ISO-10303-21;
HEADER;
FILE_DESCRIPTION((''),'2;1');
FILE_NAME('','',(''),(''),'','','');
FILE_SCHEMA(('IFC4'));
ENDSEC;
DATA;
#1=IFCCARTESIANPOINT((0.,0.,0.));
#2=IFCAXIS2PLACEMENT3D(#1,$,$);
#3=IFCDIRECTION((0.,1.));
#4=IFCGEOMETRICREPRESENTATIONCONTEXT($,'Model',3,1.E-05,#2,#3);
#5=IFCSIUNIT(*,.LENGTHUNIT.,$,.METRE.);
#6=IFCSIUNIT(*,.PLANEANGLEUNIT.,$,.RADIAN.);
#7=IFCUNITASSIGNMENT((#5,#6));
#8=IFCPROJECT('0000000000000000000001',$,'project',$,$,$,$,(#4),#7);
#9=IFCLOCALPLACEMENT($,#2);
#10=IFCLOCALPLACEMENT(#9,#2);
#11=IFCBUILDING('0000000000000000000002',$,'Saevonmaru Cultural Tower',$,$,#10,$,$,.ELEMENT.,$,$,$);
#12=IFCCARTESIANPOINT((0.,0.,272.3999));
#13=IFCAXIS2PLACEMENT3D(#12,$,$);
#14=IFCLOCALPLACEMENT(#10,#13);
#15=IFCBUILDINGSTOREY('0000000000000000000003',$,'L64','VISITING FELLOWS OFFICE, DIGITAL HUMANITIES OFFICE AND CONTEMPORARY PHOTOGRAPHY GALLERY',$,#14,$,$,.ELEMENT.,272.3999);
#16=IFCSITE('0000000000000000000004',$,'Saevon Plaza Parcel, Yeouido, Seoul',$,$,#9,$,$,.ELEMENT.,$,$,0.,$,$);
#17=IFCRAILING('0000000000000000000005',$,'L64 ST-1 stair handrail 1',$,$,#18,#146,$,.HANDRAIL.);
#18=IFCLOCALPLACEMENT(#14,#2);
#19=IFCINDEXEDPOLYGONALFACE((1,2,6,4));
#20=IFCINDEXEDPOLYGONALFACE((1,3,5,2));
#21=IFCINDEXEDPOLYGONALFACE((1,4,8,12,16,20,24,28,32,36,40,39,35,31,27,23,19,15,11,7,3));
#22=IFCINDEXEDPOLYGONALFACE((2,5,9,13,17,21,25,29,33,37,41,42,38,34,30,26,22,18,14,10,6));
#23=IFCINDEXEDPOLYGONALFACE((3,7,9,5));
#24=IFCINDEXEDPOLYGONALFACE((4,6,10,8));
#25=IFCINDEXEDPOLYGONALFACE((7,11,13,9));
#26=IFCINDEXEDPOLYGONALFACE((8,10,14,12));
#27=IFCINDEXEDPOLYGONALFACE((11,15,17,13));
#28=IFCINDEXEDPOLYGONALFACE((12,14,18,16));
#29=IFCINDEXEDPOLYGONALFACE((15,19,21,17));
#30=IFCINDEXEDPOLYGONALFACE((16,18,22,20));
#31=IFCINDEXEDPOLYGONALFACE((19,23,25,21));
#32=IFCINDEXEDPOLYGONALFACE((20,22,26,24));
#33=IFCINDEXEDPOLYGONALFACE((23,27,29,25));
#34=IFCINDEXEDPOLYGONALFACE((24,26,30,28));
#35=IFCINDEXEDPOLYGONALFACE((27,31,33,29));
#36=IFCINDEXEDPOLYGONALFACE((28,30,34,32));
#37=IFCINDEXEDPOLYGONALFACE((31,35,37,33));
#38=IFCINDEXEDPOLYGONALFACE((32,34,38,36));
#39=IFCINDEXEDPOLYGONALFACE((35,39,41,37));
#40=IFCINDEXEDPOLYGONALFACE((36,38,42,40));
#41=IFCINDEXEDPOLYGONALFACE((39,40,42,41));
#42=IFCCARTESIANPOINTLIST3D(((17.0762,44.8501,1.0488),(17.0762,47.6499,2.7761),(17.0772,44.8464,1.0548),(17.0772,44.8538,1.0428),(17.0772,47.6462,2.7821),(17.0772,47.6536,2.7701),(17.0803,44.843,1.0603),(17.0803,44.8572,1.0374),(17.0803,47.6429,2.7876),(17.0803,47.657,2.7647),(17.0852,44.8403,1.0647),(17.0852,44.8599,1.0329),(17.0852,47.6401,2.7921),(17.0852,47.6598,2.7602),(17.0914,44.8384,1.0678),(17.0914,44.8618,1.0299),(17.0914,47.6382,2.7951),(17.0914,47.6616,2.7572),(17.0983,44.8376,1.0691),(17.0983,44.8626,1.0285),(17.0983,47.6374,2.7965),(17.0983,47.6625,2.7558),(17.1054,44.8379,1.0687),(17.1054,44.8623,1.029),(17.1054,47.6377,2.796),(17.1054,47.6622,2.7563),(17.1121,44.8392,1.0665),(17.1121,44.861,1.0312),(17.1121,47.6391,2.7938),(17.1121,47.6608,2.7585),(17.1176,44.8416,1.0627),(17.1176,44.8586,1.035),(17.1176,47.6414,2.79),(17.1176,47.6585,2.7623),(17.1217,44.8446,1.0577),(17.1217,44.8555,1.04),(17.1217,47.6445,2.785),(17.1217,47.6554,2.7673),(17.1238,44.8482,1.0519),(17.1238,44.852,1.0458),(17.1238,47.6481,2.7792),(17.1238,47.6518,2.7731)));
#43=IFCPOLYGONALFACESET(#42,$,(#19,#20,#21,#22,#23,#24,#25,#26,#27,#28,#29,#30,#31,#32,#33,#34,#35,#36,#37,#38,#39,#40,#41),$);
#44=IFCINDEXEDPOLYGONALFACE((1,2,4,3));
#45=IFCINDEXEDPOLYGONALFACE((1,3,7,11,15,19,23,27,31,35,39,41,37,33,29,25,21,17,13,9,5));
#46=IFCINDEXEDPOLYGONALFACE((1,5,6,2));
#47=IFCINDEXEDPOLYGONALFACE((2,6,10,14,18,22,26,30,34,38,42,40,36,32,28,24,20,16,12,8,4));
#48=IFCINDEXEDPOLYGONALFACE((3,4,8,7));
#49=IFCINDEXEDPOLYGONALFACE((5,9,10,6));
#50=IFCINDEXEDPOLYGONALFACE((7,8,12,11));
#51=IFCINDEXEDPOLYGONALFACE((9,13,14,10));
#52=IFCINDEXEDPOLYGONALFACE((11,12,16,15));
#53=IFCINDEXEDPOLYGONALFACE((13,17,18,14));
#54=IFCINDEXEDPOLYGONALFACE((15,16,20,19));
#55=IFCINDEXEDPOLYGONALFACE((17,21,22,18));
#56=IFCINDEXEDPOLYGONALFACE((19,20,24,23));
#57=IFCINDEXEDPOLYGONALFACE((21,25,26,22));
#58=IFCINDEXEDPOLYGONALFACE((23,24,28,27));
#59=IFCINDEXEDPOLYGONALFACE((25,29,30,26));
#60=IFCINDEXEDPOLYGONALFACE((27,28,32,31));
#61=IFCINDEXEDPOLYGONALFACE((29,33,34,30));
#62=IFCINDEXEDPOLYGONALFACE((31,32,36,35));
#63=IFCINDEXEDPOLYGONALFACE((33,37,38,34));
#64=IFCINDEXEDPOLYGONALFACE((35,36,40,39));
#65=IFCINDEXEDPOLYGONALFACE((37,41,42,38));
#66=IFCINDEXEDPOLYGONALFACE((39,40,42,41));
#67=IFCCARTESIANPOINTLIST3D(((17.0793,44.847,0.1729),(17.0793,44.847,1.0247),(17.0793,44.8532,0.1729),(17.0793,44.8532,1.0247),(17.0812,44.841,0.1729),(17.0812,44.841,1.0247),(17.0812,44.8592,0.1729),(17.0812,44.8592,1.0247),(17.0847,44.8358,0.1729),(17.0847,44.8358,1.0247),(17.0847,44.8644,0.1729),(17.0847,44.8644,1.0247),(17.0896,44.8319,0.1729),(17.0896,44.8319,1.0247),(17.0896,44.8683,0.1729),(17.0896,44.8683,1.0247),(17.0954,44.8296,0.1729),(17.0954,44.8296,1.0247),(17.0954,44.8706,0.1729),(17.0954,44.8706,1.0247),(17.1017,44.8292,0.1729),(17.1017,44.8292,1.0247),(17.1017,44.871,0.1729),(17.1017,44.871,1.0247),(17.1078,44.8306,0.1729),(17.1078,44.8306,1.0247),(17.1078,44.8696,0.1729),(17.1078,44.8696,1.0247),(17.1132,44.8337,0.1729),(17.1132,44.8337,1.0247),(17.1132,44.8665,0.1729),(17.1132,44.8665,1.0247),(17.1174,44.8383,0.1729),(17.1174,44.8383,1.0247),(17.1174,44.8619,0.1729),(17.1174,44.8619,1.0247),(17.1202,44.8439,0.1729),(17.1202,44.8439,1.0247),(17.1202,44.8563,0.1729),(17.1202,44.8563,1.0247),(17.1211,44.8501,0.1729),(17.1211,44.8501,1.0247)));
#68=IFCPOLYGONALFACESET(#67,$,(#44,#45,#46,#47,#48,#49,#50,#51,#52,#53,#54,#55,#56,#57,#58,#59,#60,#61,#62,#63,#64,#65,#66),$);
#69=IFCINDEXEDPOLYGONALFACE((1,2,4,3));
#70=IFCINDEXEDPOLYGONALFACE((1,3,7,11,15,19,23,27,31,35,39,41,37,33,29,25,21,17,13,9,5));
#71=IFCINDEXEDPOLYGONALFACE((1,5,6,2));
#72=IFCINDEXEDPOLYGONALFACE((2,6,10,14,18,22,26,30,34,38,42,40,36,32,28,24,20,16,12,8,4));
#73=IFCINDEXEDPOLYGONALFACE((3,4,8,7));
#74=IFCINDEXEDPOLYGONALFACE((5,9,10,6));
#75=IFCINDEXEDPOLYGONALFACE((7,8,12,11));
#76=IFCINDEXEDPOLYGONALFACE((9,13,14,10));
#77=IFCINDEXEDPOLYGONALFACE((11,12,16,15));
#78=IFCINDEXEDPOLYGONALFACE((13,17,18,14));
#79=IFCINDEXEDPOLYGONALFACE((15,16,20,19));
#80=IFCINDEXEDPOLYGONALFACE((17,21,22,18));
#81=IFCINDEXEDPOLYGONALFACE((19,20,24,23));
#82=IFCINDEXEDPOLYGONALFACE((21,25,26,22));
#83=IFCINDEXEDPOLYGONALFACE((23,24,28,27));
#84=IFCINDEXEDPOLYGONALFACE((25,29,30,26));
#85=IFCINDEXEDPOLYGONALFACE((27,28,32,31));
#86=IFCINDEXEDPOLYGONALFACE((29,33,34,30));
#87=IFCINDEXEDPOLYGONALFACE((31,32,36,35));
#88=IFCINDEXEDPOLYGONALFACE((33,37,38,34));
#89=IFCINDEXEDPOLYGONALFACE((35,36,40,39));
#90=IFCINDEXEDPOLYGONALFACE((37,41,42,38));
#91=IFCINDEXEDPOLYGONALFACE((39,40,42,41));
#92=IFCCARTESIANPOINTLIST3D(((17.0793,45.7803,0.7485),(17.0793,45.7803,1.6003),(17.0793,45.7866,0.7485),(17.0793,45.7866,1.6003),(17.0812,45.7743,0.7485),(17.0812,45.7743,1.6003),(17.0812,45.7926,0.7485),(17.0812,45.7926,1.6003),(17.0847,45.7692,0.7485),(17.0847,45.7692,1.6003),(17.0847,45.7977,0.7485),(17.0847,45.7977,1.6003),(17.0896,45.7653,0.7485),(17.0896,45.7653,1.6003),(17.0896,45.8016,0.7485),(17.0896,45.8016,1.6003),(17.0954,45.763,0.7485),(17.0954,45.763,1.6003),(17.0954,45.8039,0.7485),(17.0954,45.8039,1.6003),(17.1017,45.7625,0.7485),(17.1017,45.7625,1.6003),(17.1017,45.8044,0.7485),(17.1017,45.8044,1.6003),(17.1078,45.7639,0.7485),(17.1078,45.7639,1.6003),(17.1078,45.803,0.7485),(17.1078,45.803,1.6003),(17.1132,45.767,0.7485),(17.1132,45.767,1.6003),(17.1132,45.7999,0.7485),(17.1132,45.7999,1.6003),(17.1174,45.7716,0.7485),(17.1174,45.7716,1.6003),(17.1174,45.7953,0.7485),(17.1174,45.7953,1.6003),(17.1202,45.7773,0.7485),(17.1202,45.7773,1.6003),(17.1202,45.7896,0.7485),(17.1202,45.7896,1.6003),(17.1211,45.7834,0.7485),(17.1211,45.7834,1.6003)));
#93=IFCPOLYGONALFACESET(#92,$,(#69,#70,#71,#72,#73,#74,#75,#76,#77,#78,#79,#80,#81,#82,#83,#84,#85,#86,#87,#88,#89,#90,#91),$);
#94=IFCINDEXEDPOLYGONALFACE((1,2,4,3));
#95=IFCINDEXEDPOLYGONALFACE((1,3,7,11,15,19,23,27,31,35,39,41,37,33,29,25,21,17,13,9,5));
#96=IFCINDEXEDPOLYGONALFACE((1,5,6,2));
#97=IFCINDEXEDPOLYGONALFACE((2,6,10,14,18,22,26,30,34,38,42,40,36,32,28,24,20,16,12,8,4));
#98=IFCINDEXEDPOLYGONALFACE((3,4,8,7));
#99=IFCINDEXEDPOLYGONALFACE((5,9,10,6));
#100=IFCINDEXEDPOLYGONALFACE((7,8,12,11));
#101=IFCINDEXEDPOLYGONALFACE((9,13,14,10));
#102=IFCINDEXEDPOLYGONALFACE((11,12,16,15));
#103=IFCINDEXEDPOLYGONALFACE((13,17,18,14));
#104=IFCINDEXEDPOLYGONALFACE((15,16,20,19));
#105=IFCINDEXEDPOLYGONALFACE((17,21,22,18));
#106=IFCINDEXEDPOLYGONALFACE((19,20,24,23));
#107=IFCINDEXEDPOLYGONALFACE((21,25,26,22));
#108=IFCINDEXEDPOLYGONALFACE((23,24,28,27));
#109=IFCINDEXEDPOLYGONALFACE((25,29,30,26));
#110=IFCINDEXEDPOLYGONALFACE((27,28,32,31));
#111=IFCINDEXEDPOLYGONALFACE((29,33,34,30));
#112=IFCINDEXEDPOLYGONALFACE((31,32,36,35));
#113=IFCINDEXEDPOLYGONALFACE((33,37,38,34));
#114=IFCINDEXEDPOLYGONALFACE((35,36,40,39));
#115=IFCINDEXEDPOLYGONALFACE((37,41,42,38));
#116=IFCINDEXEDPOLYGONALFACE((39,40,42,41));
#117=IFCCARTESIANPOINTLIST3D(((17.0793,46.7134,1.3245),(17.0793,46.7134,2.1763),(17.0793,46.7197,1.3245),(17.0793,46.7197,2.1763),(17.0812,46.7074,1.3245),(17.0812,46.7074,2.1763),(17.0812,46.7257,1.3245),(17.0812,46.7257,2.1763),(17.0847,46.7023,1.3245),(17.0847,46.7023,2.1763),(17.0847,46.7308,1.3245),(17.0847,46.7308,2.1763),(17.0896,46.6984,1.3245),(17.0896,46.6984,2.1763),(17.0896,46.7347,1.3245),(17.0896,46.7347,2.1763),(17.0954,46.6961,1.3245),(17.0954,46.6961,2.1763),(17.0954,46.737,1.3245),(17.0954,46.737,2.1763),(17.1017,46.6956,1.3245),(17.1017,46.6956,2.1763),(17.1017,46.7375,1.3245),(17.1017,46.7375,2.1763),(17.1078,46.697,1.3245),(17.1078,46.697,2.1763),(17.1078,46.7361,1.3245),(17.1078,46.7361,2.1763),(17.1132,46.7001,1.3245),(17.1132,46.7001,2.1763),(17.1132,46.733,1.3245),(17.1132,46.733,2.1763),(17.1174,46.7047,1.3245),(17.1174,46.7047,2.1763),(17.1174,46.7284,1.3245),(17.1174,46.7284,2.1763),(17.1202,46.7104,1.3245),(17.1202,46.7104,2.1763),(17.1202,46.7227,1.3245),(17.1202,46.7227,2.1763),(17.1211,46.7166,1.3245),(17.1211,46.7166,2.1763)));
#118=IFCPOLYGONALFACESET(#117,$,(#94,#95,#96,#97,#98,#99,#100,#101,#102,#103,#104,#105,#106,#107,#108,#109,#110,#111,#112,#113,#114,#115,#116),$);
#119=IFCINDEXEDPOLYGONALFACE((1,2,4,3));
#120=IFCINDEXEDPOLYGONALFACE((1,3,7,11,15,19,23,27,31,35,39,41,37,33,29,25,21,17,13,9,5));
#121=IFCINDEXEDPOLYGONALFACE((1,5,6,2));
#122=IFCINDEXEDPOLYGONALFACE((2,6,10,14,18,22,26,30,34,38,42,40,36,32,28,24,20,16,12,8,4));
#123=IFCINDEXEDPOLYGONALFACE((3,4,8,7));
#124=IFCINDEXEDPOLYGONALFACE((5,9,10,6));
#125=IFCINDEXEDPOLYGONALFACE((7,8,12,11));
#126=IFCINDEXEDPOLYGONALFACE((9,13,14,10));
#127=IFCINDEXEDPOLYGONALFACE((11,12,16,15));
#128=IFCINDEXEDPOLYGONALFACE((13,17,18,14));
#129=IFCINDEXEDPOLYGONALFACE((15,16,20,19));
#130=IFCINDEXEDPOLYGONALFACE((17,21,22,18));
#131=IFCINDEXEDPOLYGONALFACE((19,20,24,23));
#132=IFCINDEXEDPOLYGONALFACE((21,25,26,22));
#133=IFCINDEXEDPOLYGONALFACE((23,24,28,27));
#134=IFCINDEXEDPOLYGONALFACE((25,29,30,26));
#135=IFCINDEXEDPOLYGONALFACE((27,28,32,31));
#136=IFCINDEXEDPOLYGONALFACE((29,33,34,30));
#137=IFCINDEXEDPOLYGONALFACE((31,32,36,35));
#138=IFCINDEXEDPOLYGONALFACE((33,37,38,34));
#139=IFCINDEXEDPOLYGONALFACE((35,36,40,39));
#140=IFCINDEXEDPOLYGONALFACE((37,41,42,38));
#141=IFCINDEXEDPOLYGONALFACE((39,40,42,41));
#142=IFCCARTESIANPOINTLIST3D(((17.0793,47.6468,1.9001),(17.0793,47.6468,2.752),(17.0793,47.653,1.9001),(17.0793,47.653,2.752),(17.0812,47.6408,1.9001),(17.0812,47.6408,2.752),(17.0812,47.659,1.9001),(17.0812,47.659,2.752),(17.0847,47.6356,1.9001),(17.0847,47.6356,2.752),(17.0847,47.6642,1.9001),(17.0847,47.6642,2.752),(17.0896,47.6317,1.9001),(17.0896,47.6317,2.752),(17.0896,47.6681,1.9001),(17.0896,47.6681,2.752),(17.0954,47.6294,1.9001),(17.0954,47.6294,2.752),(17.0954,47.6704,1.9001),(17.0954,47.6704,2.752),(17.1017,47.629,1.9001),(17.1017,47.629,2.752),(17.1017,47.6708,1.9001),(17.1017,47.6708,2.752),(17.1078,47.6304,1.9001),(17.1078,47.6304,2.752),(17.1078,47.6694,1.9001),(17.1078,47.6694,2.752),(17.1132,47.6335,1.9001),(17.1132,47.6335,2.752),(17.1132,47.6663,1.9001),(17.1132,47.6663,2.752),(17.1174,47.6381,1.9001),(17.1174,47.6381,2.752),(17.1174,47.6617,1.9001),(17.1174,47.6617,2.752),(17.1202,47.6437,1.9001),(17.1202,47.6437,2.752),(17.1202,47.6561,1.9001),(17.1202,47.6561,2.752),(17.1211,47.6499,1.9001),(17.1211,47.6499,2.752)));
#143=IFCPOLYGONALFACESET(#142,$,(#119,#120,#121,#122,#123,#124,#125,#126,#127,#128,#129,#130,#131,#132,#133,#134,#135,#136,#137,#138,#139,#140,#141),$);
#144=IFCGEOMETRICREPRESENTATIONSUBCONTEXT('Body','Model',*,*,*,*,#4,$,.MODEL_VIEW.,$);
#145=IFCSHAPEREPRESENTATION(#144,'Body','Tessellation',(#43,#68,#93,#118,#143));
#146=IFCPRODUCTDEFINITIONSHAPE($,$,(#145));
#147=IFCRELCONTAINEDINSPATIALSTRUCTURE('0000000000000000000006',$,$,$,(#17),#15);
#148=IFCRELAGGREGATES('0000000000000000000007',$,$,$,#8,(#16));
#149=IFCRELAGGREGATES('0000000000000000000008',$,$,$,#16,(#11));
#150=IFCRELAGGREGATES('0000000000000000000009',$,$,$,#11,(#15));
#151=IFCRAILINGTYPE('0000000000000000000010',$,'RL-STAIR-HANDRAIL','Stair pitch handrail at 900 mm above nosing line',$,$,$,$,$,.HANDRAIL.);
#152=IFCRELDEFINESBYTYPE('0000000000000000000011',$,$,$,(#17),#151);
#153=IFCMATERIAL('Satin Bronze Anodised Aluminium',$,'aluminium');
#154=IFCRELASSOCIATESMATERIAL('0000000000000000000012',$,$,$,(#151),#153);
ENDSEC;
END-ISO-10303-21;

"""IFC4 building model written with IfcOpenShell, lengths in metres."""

from ifc_helpers import new_model, si_unit, direction, frame, origin, origin_2d, place, context, subcontext, project, spatial, circle, extrude, material, type_object, element, save


model = new_model("IFC4")

# Units and contexts
model_context = context("Model", 3, precision=1e-05, world=origin(), true_north=direction((0.0, 1.0)))
body_context = subcontext(model_context, "Body", "Model", "MODEL_VIEW")
ifc_project = project(units=[si_unit("LENGTHUNIT", "METRE"), si_unit("PLANEANGLEUNIT", "RADIAN")], contexts=[model_context])

# Site, building, storey
site_placement = place(None, origin())
site = spatial("IfcSite", under=ifc_project, at=site_placement, Name="Saevon Plaza Parcel, Yeouido, Seoul", CompositionType="ELEMENT", RefElevation=0.0)
building_placement = place(site_placement, origin())
building = spatial("IfcBuilding", under=site, at=building_placement, Name="Saevonmaru Cultural Tower", CompositionType="ELEMENT")
storey_placement = place(building_placement, frame((0.0, 0.0, 272.3999)))
storey = spatial("IfcBuildingStorey", under=building, at=storey_placement, Name="L64", Description="VISITING FELLOWS OFFICE, DIGITAL HUMANITIES OFFICE AND CONTEMPORARY PHOTOGRAPHY GALLERY", CompositionType="ELEMENT", Elevation=272.3999)

# Shared definitions
ifc_material_1 = material(Name="Satin Bronze Anodised Aluminium", Category="aluminium")

# Railing
railing_type_1 = type_object("IfcRailingType", Name="RL-STAIR-HANDRAIL", Description="Stair pitch handrail at 900 mm above nosing line", PredefinedType="HANDRAIL", material=ifc_material_1)
railing_1_placement = place(storey_placement, frame((17.1001, 44.8501, 0.1729)))
element("IfcRailing", 1, at=railing_1_placement, inside=storey, type_object=railing_type_1, Name="L64 ST-1 stair handrail 1", PredefinedType="HANDRAIL", context=body_context, shape_type="SweptSolid", body=[
    extrude(circle(Radius=0.0239, at=origin_2d()), frame((0.0, 0.0, 0.876), z_axis=(0.0, 0.851069, 0.525054), x_axis=(-1.0, 0.0, 0.0)), (0.0, 0.0, 1.0), 3.2898),
    extrude(circle(Radius=0.021, at=origin_2d()), origin(), (0.0, 0.0, 1.0), 0.8518),
    extrude(circle(Radius=0.021, at=origin_2d()), frame((0.0, 0.9333, 0.5757)), (0.0, 0.0, 1.0), 0.8518),
    extrude(circle(Radius=0.021, at=origin_2d()), frame((0.0, 1.8665, 1.1516)), (0.0, 0.0, 1.0), 0.8518),
    extrude(circle(Radius=0.021, at=origin_2d()), frame((0.0, 2.7998, 1.7273)), (0.0, 0.0, 1.0), 0.8518),
])

save(model, "model.ifc")
